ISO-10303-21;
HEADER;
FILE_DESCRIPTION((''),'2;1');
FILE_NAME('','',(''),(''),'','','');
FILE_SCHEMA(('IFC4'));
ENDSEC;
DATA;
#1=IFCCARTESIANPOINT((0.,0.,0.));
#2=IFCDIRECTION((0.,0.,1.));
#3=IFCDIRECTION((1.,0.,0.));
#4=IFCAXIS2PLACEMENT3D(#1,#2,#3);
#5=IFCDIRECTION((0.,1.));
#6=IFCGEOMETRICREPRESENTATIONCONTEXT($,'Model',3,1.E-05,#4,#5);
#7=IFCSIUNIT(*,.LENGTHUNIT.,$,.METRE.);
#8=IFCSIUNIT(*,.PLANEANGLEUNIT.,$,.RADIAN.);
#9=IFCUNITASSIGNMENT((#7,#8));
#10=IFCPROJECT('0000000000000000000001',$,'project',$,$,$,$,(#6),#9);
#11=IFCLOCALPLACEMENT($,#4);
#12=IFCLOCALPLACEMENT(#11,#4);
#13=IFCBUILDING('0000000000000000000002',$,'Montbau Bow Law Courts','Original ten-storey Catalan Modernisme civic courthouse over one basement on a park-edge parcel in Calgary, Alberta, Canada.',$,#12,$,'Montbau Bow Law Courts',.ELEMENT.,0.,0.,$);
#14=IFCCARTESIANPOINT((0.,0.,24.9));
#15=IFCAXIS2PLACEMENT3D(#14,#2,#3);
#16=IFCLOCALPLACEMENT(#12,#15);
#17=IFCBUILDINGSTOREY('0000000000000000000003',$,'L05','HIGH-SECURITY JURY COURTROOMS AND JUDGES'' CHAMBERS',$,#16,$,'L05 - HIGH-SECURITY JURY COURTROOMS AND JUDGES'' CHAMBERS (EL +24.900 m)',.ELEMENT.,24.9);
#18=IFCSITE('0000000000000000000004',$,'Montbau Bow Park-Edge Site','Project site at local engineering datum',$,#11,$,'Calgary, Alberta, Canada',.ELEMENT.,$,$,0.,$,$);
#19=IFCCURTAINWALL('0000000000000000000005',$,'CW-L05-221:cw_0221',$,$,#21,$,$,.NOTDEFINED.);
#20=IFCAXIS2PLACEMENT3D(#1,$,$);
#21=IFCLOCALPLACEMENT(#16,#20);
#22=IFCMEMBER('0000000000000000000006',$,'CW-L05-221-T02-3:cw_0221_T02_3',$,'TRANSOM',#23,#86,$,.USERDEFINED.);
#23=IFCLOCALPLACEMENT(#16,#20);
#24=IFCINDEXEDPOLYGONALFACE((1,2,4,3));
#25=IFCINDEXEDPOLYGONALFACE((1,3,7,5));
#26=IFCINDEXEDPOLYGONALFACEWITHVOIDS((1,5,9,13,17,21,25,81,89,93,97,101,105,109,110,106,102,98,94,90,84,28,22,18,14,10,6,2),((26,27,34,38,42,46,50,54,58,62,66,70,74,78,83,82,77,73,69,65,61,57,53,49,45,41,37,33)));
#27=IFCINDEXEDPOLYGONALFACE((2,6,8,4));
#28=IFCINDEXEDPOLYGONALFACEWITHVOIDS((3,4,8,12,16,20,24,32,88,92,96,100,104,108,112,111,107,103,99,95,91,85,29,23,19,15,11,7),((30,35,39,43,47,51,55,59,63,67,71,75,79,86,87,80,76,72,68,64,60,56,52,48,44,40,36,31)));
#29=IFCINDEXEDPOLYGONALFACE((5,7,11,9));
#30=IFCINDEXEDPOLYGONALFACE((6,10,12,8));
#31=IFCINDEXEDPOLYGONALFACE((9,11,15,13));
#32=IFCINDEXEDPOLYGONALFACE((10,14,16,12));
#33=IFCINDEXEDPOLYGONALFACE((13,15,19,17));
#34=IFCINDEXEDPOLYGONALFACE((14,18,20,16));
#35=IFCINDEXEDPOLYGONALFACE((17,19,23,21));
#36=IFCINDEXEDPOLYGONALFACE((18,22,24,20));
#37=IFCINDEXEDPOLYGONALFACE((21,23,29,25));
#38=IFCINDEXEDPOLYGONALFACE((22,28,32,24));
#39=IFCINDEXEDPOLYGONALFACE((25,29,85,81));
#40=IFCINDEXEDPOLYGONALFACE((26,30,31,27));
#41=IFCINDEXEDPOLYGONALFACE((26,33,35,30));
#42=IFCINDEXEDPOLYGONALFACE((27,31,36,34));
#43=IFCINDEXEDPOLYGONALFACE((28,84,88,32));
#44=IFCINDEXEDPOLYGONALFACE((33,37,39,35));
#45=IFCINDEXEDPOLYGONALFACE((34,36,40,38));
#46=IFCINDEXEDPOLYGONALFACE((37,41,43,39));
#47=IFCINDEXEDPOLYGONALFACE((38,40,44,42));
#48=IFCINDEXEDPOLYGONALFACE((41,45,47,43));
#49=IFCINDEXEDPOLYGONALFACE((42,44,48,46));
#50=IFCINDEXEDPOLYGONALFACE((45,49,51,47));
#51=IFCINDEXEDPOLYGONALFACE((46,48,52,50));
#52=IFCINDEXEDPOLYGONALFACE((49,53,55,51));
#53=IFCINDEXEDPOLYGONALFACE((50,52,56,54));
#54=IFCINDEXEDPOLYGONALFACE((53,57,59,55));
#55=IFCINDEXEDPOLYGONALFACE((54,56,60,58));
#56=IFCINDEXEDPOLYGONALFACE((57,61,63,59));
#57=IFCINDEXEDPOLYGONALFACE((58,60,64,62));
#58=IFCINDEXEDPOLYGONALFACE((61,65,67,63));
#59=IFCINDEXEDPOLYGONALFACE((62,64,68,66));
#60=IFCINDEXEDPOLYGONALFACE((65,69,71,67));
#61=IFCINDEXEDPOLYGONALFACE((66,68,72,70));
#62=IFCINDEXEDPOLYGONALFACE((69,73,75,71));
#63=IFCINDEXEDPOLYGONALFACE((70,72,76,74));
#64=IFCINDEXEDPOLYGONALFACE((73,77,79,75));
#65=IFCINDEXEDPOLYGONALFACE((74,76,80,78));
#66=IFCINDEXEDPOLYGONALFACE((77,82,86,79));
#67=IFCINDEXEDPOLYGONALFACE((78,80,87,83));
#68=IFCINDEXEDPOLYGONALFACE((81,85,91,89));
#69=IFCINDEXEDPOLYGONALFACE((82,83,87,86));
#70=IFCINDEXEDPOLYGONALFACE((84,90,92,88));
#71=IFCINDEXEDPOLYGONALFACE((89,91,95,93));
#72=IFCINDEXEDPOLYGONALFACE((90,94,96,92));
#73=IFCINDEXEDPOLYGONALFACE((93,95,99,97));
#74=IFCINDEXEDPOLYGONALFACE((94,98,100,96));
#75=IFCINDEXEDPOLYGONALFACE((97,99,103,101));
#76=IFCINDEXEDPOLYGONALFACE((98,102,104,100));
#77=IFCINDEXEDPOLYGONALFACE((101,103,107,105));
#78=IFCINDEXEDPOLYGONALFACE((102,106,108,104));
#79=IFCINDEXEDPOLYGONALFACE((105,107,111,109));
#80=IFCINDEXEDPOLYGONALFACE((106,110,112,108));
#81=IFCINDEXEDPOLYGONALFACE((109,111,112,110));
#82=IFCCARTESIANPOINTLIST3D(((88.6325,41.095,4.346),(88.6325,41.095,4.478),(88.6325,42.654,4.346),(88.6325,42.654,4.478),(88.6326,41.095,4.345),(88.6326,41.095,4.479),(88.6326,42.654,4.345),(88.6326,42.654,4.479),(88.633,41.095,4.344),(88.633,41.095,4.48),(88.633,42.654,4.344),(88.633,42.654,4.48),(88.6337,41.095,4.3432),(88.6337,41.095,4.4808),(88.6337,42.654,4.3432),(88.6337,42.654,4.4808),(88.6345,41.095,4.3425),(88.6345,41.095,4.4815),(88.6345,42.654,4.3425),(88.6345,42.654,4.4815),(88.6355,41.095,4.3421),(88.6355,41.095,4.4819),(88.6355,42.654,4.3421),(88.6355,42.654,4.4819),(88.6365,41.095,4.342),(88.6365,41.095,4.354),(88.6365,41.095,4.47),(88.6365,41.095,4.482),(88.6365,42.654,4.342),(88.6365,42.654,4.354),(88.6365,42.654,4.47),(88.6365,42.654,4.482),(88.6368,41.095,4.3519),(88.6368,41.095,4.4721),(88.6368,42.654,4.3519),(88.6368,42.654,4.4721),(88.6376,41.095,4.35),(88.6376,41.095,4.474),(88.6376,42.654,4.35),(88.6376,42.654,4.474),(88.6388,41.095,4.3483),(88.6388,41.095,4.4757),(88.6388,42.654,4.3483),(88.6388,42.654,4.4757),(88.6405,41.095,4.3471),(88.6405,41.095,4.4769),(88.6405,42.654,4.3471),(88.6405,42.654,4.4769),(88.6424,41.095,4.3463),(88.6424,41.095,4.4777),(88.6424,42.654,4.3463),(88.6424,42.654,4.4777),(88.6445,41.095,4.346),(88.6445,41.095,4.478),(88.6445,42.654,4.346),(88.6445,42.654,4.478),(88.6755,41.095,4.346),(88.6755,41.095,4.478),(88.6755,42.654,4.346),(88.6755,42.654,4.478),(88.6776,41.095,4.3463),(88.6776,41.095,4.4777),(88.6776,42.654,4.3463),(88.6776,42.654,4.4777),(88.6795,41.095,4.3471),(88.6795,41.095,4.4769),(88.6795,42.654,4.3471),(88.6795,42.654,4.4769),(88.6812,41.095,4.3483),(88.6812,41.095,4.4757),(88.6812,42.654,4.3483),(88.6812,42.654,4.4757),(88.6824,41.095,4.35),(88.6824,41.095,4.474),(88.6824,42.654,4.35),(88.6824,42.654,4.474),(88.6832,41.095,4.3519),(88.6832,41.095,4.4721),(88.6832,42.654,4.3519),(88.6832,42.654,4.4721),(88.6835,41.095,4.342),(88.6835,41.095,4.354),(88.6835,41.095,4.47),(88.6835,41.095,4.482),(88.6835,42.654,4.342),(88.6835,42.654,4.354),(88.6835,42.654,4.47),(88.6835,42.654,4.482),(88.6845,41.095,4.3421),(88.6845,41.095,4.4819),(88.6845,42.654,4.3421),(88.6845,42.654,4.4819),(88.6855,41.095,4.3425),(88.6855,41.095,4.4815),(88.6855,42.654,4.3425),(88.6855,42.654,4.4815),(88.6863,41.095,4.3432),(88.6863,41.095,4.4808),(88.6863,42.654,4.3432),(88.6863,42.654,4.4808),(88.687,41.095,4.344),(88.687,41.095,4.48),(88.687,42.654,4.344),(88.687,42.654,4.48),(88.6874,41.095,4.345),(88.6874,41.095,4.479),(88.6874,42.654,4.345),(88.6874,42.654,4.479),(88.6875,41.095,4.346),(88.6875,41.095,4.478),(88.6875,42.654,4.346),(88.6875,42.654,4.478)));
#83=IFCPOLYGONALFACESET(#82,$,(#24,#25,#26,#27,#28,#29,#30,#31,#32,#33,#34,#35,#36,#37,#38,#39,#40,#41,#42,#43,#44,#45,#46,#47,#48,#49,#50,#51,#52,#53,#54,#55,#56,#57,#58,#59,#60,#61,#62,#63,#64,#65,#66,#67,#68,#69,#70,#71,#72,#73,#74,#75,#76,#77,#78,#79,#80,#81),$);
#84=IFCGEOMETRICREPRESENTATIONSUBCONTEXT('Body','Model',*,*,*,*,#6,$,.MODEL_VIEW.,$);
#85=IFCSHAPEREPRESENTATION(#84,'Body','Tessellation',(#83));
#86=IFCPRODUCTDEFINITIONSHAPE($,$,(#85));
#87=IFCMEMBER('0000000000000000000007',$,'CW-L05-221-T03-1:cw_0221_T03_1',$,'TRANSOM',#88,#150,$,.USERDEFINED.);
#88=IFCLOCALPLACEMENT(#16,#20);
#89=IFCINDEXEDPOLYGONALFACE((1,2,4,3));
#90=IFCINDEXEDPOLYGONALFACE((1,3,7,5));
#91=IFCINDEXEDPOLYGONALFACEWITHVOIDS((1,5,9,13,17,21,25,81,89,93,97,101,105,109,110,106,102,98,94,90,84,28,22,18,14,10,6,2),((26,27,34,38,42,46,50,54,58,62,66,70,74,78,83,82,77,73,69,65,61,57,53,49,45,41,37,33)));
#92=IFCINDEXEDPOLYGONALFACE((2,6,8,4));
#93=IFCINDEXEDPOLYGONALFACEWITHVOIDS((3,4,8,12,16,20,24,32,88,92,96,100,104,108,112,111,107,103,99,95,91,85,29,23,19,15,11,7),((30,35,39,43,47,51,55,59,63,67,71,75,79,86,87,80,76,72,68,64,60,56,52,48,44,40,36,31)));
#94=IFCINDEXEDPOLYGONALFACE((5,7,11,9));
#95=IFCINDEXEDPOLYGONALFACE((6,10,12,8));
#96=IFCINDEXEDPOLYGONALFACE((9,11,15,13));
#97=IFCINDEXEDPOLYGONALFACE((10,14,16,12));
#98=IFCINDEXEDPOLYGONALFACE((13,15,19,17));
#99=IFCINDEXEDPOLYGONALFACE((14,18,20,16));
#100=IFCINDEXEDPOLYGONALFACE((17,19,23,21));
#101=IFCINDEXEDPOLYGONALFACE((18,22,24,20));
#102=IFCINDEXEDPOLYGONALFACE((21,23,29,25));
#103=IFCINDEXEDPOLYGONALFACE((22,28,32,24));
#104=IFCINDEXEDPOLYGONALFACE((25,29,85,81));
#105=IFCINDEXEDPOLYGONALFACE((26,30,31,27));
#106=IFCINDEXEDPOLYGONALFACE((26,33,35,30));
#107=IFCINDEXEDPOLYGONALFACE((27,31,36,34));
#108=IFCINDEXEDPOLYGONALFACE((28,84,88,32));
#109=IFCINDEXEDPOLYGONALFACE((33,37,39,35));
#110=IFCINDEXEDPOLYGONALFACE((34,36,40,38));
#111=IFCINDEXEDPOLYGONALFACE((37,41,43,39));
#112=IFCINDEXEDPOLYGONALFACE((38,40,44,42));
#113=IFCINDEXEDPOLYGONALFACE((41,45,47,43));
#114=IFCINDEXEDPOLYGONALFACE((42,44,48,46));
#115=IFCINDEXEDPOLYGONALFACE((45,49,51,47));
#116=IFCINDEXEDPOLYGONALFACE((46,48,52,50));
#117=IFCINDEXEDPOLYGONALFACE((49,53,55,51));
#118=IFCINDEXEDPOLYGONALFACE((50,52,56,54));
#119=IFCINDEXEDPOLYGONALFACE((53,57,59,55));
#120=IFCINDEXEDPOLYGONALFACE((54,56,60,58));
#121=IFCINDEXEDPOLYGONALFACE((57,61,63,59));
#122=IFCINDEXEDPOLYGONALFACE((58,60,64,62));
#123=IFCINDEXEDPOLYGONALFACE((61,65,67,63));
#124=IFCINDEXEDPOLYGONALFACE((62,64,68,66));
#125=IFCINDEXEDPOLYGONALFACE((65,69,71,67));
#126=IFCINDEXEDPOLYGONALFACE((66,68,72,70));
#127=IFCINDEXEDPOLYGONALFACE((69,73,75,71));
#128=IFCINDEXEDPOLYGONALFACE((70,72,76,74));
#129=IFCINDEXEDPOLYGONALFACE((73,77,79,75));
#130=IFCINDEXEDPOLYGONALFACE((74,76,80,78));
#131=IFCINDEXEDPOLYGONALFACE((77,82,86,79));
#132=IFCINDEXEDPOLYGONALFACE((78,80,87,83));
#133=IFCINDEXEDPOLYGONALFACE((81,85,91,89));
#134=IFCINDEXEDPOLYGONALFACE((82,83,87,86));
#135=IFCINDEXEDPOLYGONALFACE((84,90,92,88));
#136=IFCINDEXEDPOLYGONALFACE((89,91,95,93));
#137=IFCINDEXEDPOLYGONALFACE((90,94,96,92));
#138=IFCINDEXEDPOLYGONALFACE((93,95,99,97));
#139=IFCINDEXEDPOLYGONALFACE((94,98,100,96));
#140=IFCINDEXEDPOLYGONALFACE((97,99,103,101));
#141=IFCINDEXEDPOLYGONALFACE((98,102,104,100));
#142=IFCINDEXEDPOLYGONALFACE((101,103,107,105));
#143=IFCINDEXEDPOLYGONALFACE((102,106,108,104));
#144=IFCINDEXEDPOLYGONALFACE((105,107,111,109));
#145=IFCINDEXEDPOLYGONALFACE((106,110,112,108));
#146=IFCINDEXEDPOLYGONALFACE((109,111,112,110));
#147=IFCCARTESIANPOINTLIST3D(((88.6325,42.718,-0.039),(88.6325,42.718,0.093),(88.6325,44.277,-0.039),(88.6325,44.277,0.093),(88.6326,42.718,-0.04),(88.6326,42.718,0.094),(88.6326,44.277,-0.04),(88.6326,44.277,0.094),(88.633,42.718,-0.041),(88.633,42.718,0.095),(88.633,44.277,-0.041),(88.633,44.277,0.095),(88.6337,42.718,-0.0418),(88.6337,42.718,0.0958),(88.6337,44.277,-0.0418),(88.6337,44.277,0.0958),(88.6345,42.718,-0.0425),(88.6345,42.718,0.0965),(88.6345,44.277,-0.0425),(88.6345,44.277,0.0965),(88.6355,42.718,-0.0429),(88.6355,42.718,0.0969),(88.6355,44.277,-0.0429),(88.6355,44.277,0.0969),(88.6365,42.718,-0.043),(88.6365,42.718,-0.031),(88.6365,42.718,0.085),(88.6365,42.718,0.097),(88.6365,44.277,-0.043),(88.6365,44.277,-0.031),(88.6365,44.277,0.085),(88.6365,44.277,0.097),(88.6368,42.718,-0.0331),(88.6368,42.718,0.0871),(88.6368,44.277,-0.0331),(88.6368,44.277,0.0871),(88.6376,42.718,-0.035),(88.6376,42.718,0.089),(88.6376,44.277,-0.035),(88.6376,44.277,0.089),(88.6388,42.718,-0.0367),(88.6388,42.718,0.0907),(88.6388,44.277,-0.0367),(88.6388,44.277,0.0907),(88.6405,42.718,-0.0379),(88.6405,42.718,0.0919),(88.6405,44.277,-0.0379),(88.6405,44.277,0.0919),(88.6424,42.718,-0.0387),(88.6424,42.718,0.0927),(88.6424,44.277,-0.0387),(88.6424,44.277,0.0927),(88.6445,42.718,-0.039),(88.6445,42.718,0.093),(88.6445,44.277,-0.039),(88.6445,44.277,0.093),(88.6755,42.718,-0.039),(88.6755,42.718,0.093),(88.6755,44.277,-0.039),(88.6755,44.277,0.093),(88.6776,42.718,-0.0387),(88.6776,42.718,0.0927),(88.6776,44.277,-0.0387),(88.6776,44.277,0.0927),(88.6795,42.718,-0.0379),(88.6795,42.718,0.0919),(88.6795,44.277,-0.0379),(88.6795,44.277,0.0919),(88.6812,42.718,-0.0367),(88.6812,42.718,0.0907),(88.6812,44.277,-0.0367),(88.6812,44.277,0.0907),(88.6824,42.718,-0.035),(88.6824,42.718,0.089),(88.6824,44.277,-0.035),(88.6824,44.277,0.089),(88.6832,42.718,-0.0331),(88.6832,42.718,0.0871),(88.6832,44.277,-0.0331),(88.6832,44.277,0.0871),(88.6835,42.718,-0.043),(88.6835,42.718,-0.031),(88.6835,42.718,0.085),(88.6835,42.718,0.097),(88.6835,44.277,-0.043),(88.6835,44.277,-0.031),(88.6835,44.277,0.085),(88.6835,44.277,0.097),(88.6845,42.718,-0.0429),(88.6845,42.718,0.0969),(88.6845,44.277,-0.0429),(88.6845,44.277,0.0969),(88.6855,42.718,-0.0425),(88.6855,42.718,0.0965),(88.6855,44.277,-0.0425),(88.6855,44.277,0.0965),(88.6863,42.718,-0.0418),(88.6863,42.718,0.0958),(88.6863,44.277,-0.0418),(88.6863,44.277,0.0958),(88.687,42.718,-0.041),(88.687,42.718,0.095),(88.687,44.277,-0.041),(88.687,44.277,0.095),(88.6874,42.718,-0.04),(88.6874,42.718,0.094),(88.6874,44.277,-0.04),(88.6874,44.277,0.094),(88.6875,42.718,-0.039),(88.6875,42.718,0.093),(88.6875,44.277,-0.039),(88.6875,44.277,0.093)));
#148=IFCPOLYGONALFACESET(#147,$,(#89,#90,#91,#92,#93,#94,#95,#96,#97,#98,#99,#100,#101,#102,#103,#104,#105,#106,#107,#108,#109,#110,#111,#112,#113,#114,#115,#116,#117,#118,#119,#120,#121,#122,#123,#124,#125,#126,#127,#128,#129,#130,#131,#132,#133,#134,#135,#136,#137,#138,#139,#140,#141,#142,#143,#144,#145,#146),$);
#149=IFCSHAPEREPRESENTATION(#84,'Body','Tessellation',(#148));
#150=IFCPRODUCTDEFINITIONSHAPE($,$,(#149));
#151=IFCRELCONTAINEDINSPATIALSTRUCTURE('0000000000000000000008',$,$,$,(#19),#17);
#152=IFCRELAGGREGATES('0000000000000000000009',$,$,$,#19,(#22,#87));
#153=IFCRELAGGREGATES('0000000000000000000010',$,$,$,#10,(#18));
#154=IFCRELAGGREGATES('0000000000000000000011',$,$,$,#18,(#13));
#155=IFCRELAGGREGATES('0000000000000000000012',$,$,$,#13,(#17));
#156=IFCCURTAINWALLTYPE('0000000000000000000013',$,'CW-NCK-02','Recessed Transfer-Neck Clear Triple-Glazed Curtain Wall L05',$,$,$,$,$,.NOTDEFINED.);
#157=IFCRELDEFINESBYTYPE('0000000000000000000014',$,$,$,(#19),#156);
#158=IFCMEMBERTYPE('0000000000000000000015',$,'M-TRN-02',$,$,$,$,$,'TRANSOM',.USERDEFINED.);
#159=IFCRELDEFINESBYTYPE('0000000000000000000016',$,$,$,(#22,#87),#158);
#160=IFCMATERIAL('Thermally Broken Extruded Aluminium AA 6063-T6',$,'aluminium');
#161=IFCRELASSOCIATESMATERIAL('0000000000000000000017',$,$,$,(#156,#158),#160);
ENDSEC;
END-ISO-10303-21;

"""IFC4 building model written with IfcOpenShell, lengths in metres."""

from ifc_helpers import new_model, si_unit, direction, frame, origin_with_axes, origin_2d_with_axis, place, context, subcontext, project, spatial, hollow_rectangle, extrude, material, material_profile, profile_set, type_object, element, aggregate, save


model = new_model("IFC4")

# Units and contexts
model_context = context("Model", 3, precision=1e-05, world=origin_with_axes(), true_north=direction((0.0, 1.0)))
body_context = subcontext(model_context, "Body", "Model", "MODEL_VIEW")
ifc_project = project(units=[si_unit("LENGTHUNIT", "METRE"), si_unit("PLANEANGLEUNIT", "RADIAN")], contexts=[model_context])

# Site, building, storey
site_placement = place(None, origin_with_axes())
site = spatial("IfcSite", under=ifc_project, at=site_placement, Name="Montbau Bow Park-Edge Site", Description="Project site at local engineering datum", LongName="Calgary, Alberta, Canada", CompositionType="ELEMENT", RefElevation=0.0)
building_placement = place(site_placement, origin_with_axes())
building = spatial("IfcBuilding", under=site, at=building_placement, Name="Montbau Bow Law Courts", Description="Original ten-storey Catalan Modernisme civic courthouse over one basement on a park-edge parcel in Calgary, Alberta, Canada.", LongName="Montbau Bow Law Courts", CompositionType="ELEMENT", ElevationOfRefHeight=0.0, ElevationOfTerrain=0.0)
storey_placement = place(building_placement, frame((0.0, 0.0, 24.9), z_axis=(0.0, 0.0, 1.0), x_axis=(1.0, 0.0, 0.0)))
storey = spatial("IfcBuildingStorey", under=building, at=storey_placement, Name="L05", Description="HIGH-SECURITY JURY COURTROOMS AND JUDGES' CHAMBERS", LongName="L05 - HIGH-SECURITY JURY COURTROOMS AND JUDGES' CHAMBERS (EL +24.900 m)", CompositionType="ELEMENT", Elevation=24.9)

# Curtain wall, members
ifc_material_1 = material(Name="Thermally Broken Extruded Aluminium AA 6063-T6", Category="aluminium")
curtain_wall_type = type_object("IfcCurtainWallType", Name="CW-NCK-02", Description="Recessed Transfer-Neck Clear Triple-Glazed Curtain Wall L05", PredefinedType="NOTDEFINED", material=ifc_material_1)
curtain_wall_placement = place(None, frame((88.66, 39.44, 24.9), z_axis=(0.0, 0.0, 1.0), x_axis=(1.0, 0.0, 0.0)))
curtain_wall = element("IfcCurtainWall", 1, at=curtain_wall_placement, inside=storey, type_object=curtain_wall_type, Name="CW-L05-221:cw_0221", PredefinedType="NOTDEFINED")
ifc_material_profile_1 = material_profile(ifc_material_1, hollow_rectangle(XDim=0.055, YDim=0.14, WallThickness=0.004, InnerFilletRadius=0.008, OuterFilletRadius=0.004, at=origin_2d_with_axis()), Name="CWT-140X55", Category="Main", Priority=0)
ifc_profile_set_1 = profile_set([ifc_material_profile_1], Name="Thermally Broken Extruded Aluminium AA 6063-T6")
member_type_1 = type_object("IfcMemberType", Name="M-TRN-02", ElementType="TRANSOM", PredefinedType="USERDEFINED", material=ifc_profile_set_1)
member_1_placement = place(None, frame((88.66, 41.095, 29.312), z_axis=(0.0, 1.0, 0.0), x_axis=(-1.0, 0.0, 0.0)))
member_1 = element("IfcMember", 2, at=member_1_placement, type_object=member_type_1, Name="CW-L05-221-T02-3:cw_0221_T02_3", ObjectType="TRANSOM", PredefinedType="USERDEFINED", context=body_context, shape_type="SweptSolid", body=[
    extrude(hollow_rectangle(XDim=0.055, YDim=0.14, WallThickness=0.004, InnerFilletRadius=0.008, OuterFilletRadius=0.004, at=origin_2d_with_axis()), origin_with_axes(), (0.0, 0.0, 1.0), 1.559),
])
member_2_placement = place(None, frame((88.66, 42.718, 24.927), z_axis=(0.0, 1.0, 0.0), x_axis=(-1.0, 0.0, 0.0)))
member_2 = element("IfcMember", 3, at=member_2_placement, type_object=member_type_1, Name="CW-L05-221-T03-1:cw_0221_T03_1", ObjectType="TRANSOM", PredefinedType="USERDEFINED", context=body_context, shape_type="SweptSolid", body=[
    extrude(hollow_rectangle(XDim=0.055, YDim=0.14, WallThickness=0.004, InnerFilletRadius=0.008, OuterFilletRadius=0.004, at=origin_2d_with_axis()), origin_with_axes(), (0.0, 0.0, 1.0), 1.559),
])
aggregate(curtain_wall, [member_1, member_2])

save(model, "model.ifc")
